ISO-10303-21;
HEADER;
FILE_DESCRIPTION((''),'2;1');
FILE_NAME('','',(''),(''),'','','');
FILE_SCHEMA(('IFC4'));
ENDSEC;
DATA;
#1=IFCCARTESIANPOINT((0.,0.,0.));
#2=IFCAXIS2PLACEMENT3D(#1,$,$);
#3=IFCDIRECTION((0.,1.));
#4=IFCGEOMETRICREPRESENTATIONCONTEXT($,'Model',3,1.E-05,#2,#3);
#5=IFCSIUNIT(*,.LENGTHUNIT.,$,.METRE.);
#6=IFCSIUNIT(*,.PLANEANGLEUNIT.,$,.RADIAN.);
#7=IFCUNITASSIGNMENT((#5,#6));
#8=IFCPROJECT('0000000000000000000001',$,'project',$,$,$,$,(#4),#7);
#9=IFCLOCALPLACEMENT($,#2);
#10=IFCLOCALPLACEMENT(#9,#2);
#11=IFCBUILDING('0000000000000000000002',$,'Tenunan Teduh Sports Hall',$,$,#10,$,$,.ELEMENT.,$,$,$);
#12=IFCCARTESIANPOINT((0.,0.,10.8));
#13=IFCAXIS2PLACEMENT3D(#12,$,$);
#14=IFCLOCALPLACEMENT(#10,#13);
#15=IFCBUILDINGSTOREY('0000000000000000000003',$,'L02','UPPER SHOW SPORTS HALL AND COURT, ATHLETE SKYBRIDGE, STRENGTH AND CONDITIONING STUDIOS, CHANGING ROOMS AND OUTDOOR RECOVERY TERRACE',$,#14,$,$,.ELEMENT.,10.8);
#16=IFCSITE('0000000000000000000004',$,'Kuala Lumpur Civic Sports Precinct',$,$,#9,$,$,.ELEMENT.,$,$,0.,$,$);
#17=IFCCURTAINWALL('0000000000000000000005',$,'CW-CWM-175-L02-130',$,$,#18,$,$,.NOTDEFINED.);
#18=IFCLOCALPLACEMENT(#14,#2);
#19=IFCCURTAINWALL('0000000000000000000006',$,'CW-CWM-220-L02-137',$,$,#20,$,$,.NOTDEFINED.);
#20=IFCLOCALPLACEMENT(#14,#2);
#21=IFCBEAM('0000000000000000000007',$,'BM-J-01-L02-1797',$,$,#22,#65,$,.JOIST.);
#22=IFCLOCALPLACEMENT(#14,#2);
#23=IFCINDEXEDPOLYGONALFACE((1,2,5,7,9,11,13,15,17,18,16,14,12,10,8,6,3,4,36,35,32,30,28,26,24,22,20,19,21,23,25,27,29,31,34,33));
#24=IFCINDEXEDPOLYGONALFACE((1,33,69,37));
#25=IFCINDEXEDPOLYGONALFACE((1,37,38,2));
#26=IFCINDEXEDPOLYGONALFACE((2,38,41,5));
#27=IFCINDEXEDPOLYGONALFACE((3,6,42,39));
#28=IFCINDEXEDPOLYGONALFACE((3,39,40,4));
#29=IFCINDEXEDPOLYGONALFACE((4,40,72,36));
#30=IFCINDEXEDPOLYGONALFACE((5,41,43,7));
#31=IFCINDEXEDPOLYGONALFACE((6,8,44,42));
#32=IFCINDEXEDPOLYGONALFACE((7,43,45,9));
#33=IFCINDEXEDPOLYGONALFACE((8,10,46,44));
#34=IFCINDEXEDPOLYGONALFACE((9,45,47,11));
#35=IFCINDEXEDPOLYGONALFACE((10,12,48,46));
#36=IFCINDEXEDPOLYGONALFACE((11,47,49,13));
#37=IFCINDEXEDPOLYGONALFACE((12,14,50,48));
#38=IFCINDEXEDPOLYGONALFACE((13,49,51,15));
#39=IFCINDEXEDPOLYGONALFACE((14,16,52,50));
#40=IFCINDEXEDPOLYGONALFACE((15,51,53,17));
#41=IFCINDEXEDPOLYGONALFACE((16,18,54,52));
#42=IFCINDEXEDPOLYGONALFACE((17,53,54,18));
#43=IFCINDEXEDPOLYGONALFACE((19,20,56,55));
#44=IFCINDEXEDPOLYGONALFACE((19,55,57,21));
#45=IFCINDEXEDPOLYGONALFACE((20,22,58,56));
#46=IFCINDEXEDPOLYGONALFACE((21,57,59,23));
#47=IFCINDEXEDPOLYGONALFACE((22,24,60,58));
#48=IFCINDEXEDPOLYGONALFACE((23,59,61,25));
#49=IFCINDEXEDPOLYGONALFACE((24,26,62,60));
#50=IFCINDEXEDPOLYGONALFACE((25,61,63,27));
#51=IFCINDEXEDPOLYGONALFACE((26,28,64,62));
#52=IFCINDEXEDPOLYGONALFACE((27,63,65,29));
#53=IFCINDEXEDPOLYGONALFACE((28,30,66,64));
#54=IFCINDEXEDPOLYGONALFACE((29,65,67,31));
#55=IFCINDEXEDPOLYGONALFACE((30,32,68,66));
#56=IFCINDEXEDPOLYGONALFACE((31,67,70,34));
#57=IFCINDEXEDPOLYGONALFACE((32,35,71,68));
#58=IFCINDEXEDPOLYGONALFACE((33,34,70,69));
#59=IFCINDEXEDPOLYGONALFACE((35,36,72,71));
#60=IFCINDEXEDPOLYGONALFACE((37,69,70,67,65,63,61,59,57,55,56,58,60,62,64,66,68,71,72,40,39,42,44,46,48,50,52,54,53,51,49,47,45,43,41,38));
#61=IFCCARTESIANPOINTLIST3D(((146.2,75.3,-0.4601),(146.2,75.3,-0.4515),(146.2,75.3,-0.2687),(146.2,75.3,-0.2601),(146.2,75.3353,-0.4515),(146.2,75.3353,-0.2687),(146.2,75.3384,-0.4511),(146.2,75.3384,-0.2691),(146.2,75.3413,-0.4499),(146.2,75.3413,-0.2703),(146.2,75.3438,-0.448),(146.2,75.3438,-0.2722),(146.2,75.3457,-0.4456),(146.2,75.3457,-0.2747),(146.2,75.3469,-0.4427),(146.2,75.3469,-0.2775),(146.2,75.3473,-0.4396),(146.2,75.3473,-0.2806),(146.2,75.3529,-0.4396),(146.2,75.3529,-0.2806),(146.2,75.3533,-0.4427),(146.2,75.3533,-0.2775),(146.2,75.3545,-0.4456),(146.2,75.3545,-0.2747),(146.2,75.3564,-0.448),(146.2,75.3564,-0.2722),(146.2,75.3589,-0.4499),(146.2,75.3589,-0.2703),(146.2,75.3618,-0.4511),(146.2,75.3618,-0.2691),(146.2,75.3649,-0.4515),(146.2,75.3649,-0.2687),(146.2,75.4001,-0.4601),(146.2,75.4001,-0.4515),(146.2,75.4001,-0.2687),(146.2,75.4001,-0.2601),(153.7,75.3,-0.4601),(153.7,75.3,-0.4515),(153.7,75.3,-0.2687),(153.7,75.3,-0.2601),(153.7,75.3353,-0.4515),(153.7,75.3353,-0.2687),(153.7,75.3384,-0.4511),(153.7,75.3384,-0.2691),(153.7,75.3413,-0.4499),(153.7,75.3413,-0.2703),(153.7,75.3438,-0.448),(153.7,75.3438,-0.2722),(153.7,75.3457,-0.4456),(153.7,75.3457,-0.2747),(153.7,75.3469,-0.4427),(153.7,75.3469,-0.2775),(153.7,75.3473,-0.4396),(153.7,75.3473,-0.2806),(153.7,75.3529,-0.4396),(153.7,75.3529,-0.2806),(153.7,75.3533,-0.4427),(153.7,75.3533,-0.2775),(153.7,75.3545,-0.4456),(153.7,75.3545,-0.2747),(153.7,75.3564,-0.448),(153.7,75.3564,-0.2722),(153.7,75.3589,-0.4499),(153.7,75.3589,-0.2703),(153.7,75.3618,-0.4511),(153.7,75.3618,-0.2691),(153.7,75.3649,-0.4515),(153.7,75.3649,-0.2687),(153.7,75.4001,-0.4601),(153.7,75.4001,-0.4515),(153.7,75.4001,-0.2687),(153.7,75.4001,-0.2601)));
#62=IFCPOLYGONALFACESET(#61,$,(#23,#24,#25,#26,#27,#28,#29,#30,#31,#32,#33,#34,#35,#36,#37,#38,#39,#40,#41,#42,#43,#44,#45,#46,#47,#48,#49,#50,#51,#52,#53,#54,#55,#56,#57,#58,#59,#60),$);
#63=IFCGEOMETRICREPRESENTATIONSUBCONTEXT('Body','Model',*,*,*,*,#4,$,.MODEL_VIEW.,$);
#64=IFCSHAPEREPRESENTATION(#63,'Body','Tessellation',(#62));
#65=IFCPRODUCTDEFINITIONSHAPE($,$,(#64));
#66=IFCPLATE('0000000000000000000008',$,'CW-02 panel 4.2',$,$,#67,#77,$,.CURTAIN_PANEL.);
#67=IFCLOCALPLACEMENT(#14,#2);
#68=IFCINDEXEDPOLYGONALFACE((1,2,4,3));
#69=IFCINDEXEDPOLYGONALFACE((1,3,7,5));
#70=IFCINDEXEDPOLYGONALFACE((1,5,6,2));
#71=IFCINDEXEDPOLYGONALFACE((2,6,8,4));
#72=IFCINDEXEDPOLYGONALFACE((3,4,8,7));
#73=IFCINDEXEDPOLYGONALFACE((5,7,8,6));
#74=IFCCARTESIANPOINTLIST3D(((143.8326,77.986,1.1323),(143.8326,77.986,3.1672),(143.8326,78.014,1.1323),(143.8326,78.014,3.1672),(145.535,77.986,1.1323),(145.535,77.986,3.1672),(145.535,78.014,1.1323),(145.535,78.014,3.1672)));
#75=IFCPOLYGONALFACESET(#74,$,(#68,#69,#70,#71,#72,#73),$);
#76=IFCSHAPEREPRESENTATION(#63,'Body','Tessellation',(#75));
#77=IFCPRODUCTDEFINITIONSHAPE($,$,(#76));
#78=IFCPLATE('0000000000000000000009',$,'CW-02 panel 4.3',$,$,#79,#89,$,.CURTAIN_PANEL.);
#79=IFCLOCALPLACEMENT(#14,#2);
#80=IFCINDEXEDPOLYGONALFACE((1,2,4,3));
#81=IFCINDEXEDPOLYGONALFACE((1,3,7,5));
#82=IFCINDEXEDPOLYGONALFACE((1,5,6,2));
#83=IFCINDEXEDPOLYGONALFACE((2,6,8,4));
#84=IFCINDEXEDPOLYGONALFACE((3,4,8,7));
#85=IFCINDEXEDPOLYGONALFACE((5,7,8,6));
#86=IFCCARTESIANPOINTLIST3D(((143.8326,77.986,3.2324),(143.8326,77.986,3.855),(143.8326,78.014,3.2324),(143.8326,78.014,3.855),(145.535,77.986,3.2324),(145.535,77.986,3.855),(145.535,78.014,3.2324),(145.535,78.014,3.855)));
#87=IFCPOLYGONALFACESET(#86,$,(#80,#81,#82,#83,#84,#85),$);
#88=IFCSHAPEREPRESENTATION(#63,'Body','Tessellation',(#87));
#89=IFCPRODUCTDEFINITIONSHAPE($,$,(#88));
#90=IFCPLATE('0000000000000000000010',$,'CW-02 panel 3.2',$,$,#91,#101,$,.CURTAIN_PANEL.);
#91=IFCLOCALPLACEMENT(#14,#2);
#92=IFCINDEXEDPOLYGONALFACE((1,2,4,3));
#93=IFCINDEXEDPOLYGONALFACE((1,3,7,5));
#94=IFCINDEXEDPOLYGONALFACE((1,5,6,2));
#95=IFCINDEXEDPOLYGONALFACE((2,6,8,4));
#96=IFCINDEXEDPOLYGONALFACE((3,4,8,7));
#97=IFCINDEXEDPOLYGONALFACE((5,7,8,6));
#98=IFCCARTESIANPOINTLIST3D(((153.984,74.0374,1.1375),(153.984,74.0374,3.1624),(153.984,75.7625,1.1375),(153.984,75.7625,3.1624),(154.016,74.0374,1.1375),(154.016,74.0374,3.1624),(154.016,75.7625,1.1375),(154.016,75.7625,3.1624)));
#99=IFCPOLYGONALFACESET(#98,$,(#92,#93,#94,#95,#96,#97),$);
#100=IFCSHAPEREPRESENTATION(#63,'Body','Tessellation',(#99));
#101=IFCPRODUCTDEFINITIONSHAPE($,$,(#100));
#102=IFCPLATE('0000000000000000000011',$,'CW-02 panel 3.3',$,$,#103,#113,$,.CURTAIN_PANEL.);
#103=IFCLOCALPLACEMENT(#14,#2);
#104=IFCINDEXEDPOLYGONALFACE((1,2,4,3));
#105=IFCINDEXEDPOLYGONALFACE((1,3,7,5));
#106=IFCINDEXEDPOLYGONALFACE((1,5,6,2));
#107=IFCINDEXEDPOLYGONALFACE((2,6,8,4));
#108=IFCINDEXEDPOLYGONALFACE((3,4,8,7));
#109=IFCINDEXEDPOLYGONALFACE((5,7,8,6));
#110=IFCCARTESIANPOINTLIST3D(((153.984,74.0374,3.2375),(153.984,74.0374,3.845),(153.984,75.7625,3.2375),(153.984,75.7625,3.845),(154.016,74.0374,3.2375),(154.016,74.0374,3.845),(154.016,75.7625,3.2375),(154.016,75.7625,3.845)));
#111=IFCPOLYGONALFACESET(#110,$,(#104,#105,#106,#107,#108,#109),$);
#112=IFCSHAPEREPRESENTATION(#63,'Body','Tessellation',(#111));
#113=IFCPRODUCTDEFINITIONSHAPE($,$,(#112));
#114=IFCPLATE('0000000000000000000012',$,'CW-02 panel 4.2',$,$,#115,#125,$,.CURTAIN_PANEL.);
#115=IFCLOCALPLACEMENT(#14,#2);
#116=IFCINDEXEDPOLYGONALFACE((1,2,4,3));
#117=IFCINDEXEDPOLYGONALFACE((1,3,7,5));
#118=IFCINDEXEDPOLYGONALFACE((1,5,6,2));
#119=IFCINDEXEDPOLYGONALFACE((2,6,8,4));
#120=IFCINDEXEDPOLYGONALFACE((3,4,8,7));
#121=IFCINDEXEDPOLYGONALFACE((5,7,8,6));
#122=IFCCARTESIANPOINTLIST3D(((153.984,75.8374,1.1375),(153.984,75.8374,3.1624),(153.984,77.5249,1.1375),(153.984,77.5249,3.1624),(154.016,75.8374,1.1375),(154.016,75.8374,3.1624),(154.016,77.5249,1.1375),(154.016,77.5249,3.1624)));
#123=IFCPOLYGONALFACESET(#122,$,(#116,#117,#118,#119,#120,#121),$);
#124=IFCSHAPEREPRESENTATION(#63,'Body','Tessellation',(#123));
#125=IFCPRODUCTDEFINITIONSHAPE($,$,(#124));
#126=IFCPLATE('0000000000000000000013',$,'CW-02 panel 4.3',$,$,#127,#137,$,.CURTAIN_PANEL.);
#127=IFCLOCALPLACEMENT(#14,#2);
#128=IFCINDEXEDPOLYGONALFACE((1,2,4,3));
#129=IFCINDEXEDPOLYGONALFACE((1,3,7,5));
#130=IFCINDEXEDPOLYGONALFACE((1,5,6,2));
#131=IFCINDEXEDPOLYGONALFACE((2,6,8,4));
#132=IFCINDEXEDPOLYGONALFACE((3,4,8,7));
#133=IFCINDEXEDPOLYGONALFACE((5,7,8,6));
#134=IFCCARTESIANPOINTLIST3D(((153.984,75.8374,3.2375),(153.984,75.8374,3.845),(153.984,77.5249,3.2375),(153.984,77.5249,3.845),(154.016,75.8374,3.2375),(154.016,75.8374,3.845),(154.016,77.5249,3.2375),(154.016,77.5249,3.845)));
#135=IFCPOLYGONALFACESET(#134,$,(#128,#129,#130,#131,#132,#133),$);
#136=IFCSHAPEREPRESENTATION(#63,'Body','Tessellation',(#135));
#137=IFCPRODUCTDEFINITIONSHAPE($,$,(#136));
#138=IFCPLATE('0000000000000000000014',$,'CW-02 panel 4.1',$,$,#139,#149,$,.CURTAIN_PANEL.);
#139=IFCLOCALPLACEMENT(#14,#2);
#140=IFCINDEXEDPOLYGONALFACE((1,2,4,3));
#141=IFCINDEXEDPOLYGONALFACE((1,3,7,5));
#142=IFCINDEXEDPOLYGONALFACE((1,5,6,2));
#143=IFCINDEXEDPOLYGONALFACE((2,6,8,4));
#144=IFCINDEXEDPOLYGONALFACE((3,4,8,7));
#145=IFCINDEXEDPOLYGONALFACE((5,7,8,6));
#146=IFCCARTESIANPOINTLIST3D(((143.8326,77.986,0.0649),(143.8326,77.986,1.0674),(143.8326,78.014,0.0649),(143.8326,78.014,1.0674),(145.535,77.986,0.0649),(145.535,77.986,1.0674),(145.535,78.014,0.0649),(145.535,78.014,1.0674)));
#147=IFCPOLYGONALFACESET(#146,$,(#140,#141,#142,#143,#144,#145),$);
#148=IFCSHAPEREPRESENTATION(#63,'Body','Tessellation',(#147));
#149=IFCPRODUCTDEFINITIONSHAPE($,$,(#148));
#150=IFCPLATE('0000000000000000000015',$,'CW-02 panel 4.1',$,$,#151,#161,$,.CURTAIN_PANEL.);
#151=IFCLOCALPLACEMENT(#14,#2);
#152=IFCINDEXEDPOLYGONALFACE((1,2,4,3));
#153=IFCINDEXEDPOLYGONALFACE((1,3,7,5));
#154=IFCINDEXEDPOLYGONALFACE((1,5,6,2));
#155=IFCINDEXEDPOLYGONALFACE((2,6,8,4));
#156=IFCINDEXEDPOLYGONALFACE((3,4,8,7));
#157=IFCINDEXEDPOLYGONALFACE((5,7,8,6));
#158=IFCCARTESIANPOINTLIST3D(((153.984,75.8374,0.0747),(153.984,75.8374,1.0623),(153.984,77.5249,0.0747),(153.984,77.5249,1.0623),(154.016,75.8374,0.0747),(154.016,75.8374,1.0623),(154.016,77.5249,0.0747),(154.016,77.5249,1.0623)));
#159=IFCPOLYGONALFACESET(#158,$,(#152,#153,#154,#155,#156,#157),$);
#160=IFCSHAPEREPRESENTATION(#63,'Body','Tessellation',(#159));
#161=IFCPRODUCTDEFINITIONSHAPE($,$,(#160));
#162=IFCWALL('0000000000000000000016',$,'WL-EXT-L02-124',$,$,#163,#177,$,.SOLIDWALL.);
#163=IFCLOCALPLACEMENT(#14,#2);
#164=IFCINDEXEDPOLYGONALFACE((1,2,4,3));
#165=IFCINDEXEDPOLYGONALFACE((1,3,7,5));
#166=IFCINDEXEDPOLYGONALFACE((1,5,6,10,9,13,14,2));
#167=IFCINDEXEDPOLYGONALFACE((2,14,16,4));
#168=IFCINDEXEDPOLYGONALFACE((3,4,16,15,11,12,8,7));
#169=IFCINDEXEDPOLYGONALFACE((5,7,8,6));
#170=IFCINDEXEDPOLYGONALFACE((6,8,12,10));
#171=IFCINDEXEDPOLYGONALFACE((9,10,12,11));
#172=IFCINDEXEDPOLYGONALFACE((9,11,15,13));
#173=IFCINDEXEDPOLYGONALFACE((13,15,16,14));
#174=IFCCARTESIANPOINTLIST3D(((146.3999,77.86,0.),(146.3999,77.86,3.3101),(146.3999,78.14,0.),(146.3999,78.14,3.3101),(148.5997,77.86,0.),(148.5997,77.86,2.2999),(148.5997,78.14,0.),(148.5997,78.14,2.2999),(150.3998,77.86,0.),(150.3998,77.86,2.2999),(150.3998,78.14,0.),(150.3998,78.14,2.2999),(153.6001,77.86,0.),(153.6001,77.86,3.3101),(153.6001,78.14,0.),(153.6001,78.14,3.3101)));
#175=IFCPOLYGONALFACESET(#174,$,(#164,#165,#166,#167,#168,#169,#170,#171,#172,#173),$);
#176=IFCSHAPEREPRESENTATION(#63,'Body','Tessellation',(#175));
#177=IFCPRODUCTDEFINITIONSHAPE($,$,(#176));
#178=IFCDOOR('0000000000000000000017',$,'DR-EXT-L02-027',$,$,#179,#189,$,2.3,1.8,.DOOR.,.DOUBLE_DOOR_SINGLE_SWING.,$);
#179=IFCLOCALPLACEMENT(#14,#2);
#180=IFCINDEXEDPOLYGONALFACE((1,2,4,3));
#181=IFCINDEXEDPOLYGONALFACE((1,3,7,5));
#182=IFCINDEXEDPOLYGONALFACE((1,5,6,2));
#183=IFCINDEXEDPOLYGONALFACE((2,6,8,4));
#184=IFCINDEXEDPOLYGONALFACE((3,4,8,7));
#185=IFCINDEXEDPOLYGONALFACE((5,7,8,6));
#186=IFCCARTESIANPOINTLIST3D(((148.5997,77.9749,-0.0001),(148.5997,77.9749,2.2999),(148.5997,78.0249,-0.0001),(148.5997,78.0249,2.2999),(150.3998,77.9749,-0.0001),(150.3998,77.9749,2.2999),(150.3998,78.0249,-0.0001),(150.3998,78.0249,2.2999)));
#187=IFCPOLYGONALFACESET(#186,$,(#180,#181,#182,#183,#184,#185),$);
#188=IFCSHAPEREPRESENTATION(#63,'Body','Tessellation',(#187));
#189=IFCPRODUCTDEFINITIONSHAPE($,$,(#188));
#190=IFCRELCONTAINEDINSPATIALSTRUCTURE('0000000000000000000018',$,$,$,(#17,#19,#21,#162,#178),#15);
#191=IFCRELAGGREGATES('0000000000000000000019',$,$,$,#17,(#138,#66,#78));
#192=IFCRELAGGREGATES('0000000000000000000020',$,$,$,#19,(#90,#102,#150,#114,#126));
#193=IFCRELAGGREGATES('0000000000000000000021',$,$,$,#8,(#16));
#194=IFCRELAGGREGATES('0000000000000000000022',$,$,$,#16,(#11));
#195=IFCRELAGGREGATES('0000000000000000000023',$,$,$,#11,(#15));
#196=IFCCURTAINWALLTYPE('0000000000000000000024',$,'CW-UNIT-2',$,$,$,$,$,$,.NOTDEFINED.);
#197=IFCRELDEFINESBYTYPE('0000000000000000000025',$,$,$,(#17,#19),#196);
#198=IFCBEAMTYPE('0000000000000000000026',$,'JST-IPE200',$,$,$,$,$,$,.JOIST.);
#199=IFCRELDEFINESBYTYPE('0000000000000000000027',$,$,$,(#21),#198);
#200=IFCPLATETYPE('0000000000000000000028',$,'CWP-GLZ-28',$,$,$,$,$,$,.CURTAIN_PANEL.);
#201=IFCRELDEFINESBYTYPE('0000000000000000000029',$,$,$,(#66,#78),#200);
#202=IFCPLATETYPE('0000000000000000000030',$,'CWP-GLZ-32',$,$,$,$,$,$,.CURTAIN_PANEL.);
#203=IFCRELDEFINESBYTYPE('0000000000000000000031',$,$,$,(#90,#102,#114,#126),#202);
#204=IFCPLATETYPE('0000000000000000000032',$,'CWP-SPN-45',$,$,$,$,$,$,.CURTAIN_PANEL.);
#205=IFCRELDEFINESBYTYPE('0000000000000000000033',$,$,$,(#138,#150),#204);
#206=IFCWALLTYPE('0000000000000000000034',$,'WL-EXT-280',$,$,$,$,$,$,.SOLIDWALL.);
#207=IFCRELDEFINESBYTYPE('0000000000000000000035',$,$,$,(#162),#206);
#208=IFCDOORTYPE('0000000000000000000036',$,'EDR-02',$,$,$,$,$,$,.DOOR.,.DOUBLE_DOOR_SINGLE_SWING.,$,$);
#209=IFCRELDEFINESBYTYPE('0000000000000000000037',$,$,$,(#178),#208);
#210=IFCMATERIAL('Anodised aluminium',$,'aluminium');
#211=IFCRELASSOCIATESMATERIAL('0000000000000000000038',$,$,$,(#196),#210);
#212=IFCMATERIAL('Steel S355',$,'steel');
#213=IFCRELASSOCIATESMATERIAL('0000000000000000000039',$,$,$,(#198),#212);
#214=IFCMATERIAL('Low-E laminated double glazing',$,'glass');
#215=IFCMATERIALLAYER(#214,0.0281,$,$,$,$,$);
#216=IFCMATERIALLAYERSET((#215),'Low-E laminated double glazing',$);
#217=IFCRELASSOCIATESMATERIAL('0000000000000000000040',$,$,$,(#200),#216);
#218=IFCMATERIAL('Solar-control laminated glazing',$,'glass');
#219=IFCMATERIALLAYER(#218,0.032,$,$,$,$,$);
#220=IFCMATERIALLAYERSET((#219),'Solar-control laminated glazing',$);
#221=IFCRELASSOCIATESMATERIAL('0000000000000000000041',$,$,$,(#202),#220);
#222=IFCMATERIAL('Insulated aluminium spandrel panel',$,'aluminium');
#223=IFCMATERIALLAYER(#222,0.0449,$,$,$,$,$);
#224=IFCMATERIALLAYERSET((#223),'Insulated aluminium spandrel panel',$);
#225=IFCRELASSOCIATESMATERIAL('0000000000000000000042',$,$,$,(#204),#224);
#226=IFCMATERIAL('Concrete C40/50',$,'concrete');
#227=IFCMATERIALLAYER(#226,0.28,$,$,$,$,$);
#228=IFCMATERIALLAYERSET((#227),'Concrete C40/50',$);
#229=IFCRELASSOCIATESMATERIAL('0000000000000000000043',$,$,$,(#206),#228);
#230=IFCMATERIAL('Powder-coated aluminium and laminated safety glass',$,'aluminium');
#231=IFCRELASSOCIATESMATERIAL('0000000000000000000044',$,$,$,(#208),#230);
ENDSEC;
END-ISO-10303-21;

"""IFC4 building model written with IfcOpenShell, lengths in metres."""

from ifc_helpers import new_model, si_unit, direction, frame, frame_2d, origin, origin_2d, place, context, subcontext, project, spatial, rectangle, i_section, extrude, material, layer, layer_set, material_profile, profile_set, type_object, element, fill, aggregate, save


model = new_model("IFC4")

# Units and contexts
model_context = context("Model", 3, precision=1e-05, world=origin(), true_north=direction((0.0, 1.0)))
body_context = subcontext(model_context, "Body", "Model", "MODEL_VIEW")
ifc_project = project(units=[si_unit("LENGTHUNIT", "METRE"), si_unit("PLANEANGLEUNIT", "RADIAN")], contexts=[model_context])

# Site, building, storey
site_placement = place(None, origin())
site = spatial("IfcSite", under=ifc_project, at=site_placement, Name="Kuala Lumpur Civic Sports Precinct", CompositionType="ELEMENT", RefElevation=0.0)
building_placement = place(site_placement, origin())
building = spatial("IfcBuilding", under=site, at=building_placement, Name="Tenunan Teduh Sports Hall", CompositionType="ELEMENT")
storey_placement = place(building_placement, frame((0.0, 0.0, 10.8)))
storey = spatial("IfcBuildingStorey", under=building, at=storey_placement, Name="L02", Description="UPPER SHOW SPORTS HALL AND COURT, ATHLETE SKYBRIDGE, STRENGTH AND CONDITIONING STUDIOS, CHANGING ROOMS AND OUTDOOR RECOVERY TERRACE", CompositionType="ELEMENT", Elevation=10.8)

# Curtain wall
ifc_material_1 = material(Name="Anodised aluminium", Category="aluminium")
curtain_wall_type = type_object("IfcCurtainWallType", Name="CW-UNIT-2", PredefinedType="NOTDEFINED", material=ifc_material_1)
curtain_wall_1_placement = place(storey_placement, origin())
curtain_wall_1 = element("IfcCurtainWall", 1, at=curtain_wall_1_placement, inside=storey, type_object=curtain_wall_type, Name="CW-CWM-175-L02-130", PredefinedType="NOTDEFINED")

# Curtain wall
curtain_wall_2_placement = place(storey_placement, origin())
curtain_wall_2 = element("IfcCurtainWall", 2, at=curtain_wall_2_placement, inside=storey, type_object=curtain_wall_type, Name="CW-CWM-220-L02-137", PredefinedType="NOTDEFINED")

# Beam
ifc_material_2 = material(Name="Steel S355", Category="steel")
ifc_material_profile_1 = material_profile(ifc_material_2, i_section(OverallWidth=0.1001, OverallDepth=0.2, WebThickness=0.0056, FlangeThickness=0.0085, FilletRadius=0.012, at=origin_2d()), Name="IPE 200")
ifc_profile_set_1 = profile_set([ifc_material_profile_1], Name="Steel S355")
beam_type_1 = type_object("IfcBeamType", Name="JST-IPE200", PredefinedType="JOIST", material=ifc_profile_set_1)
beam_1_placement = place(storey_placement, frame((146.2, 75.3501, -0.3601), z_axis=(1.0, 0.0, 0.0), x_axis=(0.0, 1.0, 0.0)))
element("IfcBeam", 3, at=beam_1_placement, inside=storey, type_object=beam_type_1, Name="BM-J-01-L02-1797", PredefinedType="JOIST", context=body_context, shape_type="SweptSolid", body=[
    extrude(i_section(OverallWidth=0.1001, OverallDepth=0.2, WebThickness=0.0056, FlangeThickness=0.0085, FilletRadius=0.012, at=origin_2d()), origin(), (0.0, 0.0, 1.0), 7.5),
])

# Plates
ifc_material_3 = material(Name="Low-E laminated double glazing", Category="glass")
ifc_layer_1 = layer(ifc_material_3, 0.0281)
ifc_layer_set_1 = layer_set([ifc_layer_1], Name="Low-E laminated double glazing")
plate_type_1 = type_object("IfcPlateType", Name="CWP-GLZ-28", PredefinedType="CURTAIN_PANEL", material=ifc_layer_set_1)
plate_1_placement = place(storey_placement, frame((144.6838, 78.0, 1.1323), z_axis=(0.0, 0.0, 1.0), x_axis=(1.0, 0.0, 0.0)))
plate_1 = element("IfcPlate", 4, at=plate_1_placement, type_object=plate_type_1, Name="CW-02 panel 4.2", PredefinedType="CURTAIN_PANEL", context=body_context, shape_type="SweptSolid", body=[
    extrude(rectangle(XDim=1.7024, YDim=0.0281, at=origin_2d()), origin(), (0.0, 0.0, 1.0), 2.0349),
])
plate_2_placement = place(storey_placement, frame((144.6838, 78.0, 3.2324), z_axis=(0.0, 0.0, 1.0), x_axis=(1.0, 0.0, 0.0)))
plate_2 = element("IfcPlate", 5, at=plate_2_placement, type_object=plate_type_1, Name="CW-02 panel 4.3", PredefinedType="CURTAIN_PANEL", context=body_context, shape_type="SweptSolid", body=[
    extrude(rectangle(XDim=1.7024, YDim=0.0281, at=origin_2d()), origin(), (0.0, 0.0, 1.0), 0.6226),
])
ifc_material_4 = material(Name="Solar-control laminated glazing", Category="glass")
ifc_layer_2 = layer(ifc_material_4, 0.032)
ifc_layer_set_2 = layer_set([ifc_layer_2], Name="Solar-control laminated glazing")
plate_type_2 = type_object("IfcPlateType", Name="CWP-GLZ-32", PredefinedType="CURTAIN_PANEL", material=ifc_layer_set_2)
plate_3_placement = place(storey_placement, frame((154.0, 74.8999, 1.1375), z_axis=(0.0, 0.0, 1.0), x_axis=(0.0, 1.0, 0.0)))
plate_3 = element("IfcPlate", 6, at=plate_3_placement, type_object=plate_type_2, Name="CW-02 panel 3.2", PredefinedType="CURTAIN_PANEL", context=body_context, shape_type="SweptSolid", body=[
    extrude(rectangle(XDim=1.7251, YDim=0.032, at=origin_2d()), origin(), (0.0, 0.0, 1.0), 2.0249),
])
plate_4_placement = place(storey_placement, frame((154.0, 74.8999, 3.2375), z_axis=(0.0, 0.0, 1.0), x_axis=(0.0, 1.0, 0.0)))
plate_4 = element("IfcPlate", 7, at=plate_4_placement, type_object=plate_type_2, Name="CW-02 panel 3.3", PredefinedType="CURTAIN_PANEL", context=body_context, shape_type="SweptSolid", body=[
    extrude(rectangle(XDim=1.7251, YDim=0.032, at=origin_2d()), origin(), (0.0, 0.0, 1.0), 0.6074),
])
plate_5_placement = place(storey_placement, frame((154.0, 76.6812, 1.1375), z_axis=(0.0, 0.0, 1.0), x_axis=(0.0, 1.0, 0.0)))
plate_5 = element("IfcPlate", 8, at=plate_5_placement, type_object=plate_type_2, Name="CW-02 panel 4.2", PredefinedType="CURTAIN_PANEL", context=body_context, shape_type="SweptSolid", body=[
    extrude(rectangle(XDim=1.6875, YDim=0.032, at=origin_2d()), origin(), (0.0, 0.0, 1.0), 2.0249),
])
plate_6_placement = place(storey_placement, frame((154.0, 76.6812, 3.2375), z_axis=(0.0, 0.0, 1.0), x_axis=(0.0, 1.0, 0.0)))
plate_6 = element("IfcPlate", 9, at=plate_6_placement, type_object=plate_type_2, Name="CW-02 panel 4.3", PredefinedType="CURTAIN_PANEL", context=body_context, shape_type="SweptSolid", body=[
    extrude(rectangle(XDim=1.6875, YDim=0.032, at=origin_2d()), origin(), (0.0, 0.0, 1.0), 0.6074),
])
ifc_material_5 = material(Name="Insulated aluminium spandrel panel", Category="aluminium")
ifc_layer_3 = layer(ifc_material_5, 0.0449)
ifc_layer_set_3 = layer_set([ifc_layer_3], Name="Insulated aluminium spandrel panel")
plate_type_3 = type_object("IfcPlateType", Name="CWP-SPN-45", PredefinedType="CURTAIN_PANEL", material=ifc_layer_set_3)
plate_7_placement = place(storey_placement, frame((144.6838, 78.0, 0.0649), z_axis=(0.0, 0.0, 1.0), x_axis=(1.0, 0.0, 0.0)))
plate_7 = element("IfcPlate", 10, at=plate_7_placement, type_object=plate_type_3, Name="CW-02 panel 4.1", PredefinedType="CURTAIN_PANEL", context=body_context, shape_type="SweptSolid", body=[
    extrude(rectangle(XDim=1.7024, YDim=0.0281, at=origin_2d()), origin(), (0.0, 0.0, 1.0), 1.0024),
])
aggregate(curtain_wall_1, [plate_7, plate_1, plate_2])
plate_8_placement = place(storey_placement, frame((154.0, 76.6812, 0.0747), z_axis=(0.0, 0.0, 1.0), x_axis=(0.0, 1.0, 0.0)))
plate_8 = element("IfcPlate", 11, at=plate_8_placement, type_object=plate_type_3, Name="CW-02 panel 4.1", PredefinedType="CURTAIN_PANEL", context=body_context, shape_type="SweptSolid", body=[
    extrude(rectangle(XDim=1.6875, YDim=0.032, at=origin_2d()), origin(), (0.0, 0.0, 1.0), 0.9875),
])
aggregate(curtain_wall_2, [plate_3, plate_4, plate_8, plate_5, plate_6])

# Wall, opening, door
ifc_material_6 = material(Name="Concrete C40/50", Category="concrete")
ifc_layer_4 = layer(ifc_material_6, 0.28)
ifc_layer_set_4 = layer_set([ifc_layer_4], Name="Concrete C40/50")
wall_type = type_object("IfcWallType", Name="WL-EXT-280", PredefinedType="SOLIDWALL", material=ifc_layer_set_4)
wall_placement = place(storey_placement, frame((146.3999, 78.0, 0.0), z_axis=(0.0, 0.0, 1.0), x_axis=(1.0, 0.0, 0.0)))
wall = element("IfcWall", 12, at=wall_placement, inside=storey, type_object=wall_type, Name="WL-EXT-L02-124", PredefinedType="SOLIDWALL", context=body_context, shape_type="SweptSolid", body=[
    extrude(rectangle(XDim=7.2002, YDim=0.28, at=frame_2d((3.6001, 0.0))), origin(), (0.0, 0.0, 1.0), 3.3101),
])
opening_placement = place(wall_placement, frame((2.2, 0.0, 0.0)))
opening = element("IfcOpeningElement", 13, at=opening_placement, cuts=wall, PredefinedType="OPENING", context=body_context, shape_type="SweptSolid", body=[
    extrude(rectangle(XDim=1.8, YDim=2.3, at=frame_2d((0.8999, 1.1499))), frame((0.0, 0.1499, 0.0), z_axis=(0.0, -1.0, 0.0), x_axis=(1.0, 0.0, 0.0)), (0.0, 0.0, 1.0), 0.3),
])
ifc_material_7 = material(Name="Powder-coated aluminium and laminated safety glass", Category="aluminium")
door_type = type_object("IfcDoorType", Name="EDR-02", OperationType="DOUBLE_DOOR_SINGLE_SWING", PredefinedType="DOOR", material=ifc_material_7)
door_placement = place(opening_placement, origin())
door = element("IfcDoor", 14, at=door_placement, inside=storey, type_object=door_type, Name="DR-EXT-L02-027", OperationType="DOUBLE_DOOR_SINGLE_SWING", OverallHeight=2.3, OverallWidth=1.8, PredefinedType="DOOR", context=body_context, shape_type="SweptSolid", body=[
    extrude(rectangle(XDim=1.8, YDim=2.3, at=frame_2d((0.8999, 1.1499))), frame((0.0, 0.0249, 0.0), z_axis=(0.0, -1.0, 0.0), x_axis=(1.0, 0.0, 0.0)), (0.0, 0.0, 1.0), 0.05),
])
fill(opening, door)

save(model, "model.ifc")
